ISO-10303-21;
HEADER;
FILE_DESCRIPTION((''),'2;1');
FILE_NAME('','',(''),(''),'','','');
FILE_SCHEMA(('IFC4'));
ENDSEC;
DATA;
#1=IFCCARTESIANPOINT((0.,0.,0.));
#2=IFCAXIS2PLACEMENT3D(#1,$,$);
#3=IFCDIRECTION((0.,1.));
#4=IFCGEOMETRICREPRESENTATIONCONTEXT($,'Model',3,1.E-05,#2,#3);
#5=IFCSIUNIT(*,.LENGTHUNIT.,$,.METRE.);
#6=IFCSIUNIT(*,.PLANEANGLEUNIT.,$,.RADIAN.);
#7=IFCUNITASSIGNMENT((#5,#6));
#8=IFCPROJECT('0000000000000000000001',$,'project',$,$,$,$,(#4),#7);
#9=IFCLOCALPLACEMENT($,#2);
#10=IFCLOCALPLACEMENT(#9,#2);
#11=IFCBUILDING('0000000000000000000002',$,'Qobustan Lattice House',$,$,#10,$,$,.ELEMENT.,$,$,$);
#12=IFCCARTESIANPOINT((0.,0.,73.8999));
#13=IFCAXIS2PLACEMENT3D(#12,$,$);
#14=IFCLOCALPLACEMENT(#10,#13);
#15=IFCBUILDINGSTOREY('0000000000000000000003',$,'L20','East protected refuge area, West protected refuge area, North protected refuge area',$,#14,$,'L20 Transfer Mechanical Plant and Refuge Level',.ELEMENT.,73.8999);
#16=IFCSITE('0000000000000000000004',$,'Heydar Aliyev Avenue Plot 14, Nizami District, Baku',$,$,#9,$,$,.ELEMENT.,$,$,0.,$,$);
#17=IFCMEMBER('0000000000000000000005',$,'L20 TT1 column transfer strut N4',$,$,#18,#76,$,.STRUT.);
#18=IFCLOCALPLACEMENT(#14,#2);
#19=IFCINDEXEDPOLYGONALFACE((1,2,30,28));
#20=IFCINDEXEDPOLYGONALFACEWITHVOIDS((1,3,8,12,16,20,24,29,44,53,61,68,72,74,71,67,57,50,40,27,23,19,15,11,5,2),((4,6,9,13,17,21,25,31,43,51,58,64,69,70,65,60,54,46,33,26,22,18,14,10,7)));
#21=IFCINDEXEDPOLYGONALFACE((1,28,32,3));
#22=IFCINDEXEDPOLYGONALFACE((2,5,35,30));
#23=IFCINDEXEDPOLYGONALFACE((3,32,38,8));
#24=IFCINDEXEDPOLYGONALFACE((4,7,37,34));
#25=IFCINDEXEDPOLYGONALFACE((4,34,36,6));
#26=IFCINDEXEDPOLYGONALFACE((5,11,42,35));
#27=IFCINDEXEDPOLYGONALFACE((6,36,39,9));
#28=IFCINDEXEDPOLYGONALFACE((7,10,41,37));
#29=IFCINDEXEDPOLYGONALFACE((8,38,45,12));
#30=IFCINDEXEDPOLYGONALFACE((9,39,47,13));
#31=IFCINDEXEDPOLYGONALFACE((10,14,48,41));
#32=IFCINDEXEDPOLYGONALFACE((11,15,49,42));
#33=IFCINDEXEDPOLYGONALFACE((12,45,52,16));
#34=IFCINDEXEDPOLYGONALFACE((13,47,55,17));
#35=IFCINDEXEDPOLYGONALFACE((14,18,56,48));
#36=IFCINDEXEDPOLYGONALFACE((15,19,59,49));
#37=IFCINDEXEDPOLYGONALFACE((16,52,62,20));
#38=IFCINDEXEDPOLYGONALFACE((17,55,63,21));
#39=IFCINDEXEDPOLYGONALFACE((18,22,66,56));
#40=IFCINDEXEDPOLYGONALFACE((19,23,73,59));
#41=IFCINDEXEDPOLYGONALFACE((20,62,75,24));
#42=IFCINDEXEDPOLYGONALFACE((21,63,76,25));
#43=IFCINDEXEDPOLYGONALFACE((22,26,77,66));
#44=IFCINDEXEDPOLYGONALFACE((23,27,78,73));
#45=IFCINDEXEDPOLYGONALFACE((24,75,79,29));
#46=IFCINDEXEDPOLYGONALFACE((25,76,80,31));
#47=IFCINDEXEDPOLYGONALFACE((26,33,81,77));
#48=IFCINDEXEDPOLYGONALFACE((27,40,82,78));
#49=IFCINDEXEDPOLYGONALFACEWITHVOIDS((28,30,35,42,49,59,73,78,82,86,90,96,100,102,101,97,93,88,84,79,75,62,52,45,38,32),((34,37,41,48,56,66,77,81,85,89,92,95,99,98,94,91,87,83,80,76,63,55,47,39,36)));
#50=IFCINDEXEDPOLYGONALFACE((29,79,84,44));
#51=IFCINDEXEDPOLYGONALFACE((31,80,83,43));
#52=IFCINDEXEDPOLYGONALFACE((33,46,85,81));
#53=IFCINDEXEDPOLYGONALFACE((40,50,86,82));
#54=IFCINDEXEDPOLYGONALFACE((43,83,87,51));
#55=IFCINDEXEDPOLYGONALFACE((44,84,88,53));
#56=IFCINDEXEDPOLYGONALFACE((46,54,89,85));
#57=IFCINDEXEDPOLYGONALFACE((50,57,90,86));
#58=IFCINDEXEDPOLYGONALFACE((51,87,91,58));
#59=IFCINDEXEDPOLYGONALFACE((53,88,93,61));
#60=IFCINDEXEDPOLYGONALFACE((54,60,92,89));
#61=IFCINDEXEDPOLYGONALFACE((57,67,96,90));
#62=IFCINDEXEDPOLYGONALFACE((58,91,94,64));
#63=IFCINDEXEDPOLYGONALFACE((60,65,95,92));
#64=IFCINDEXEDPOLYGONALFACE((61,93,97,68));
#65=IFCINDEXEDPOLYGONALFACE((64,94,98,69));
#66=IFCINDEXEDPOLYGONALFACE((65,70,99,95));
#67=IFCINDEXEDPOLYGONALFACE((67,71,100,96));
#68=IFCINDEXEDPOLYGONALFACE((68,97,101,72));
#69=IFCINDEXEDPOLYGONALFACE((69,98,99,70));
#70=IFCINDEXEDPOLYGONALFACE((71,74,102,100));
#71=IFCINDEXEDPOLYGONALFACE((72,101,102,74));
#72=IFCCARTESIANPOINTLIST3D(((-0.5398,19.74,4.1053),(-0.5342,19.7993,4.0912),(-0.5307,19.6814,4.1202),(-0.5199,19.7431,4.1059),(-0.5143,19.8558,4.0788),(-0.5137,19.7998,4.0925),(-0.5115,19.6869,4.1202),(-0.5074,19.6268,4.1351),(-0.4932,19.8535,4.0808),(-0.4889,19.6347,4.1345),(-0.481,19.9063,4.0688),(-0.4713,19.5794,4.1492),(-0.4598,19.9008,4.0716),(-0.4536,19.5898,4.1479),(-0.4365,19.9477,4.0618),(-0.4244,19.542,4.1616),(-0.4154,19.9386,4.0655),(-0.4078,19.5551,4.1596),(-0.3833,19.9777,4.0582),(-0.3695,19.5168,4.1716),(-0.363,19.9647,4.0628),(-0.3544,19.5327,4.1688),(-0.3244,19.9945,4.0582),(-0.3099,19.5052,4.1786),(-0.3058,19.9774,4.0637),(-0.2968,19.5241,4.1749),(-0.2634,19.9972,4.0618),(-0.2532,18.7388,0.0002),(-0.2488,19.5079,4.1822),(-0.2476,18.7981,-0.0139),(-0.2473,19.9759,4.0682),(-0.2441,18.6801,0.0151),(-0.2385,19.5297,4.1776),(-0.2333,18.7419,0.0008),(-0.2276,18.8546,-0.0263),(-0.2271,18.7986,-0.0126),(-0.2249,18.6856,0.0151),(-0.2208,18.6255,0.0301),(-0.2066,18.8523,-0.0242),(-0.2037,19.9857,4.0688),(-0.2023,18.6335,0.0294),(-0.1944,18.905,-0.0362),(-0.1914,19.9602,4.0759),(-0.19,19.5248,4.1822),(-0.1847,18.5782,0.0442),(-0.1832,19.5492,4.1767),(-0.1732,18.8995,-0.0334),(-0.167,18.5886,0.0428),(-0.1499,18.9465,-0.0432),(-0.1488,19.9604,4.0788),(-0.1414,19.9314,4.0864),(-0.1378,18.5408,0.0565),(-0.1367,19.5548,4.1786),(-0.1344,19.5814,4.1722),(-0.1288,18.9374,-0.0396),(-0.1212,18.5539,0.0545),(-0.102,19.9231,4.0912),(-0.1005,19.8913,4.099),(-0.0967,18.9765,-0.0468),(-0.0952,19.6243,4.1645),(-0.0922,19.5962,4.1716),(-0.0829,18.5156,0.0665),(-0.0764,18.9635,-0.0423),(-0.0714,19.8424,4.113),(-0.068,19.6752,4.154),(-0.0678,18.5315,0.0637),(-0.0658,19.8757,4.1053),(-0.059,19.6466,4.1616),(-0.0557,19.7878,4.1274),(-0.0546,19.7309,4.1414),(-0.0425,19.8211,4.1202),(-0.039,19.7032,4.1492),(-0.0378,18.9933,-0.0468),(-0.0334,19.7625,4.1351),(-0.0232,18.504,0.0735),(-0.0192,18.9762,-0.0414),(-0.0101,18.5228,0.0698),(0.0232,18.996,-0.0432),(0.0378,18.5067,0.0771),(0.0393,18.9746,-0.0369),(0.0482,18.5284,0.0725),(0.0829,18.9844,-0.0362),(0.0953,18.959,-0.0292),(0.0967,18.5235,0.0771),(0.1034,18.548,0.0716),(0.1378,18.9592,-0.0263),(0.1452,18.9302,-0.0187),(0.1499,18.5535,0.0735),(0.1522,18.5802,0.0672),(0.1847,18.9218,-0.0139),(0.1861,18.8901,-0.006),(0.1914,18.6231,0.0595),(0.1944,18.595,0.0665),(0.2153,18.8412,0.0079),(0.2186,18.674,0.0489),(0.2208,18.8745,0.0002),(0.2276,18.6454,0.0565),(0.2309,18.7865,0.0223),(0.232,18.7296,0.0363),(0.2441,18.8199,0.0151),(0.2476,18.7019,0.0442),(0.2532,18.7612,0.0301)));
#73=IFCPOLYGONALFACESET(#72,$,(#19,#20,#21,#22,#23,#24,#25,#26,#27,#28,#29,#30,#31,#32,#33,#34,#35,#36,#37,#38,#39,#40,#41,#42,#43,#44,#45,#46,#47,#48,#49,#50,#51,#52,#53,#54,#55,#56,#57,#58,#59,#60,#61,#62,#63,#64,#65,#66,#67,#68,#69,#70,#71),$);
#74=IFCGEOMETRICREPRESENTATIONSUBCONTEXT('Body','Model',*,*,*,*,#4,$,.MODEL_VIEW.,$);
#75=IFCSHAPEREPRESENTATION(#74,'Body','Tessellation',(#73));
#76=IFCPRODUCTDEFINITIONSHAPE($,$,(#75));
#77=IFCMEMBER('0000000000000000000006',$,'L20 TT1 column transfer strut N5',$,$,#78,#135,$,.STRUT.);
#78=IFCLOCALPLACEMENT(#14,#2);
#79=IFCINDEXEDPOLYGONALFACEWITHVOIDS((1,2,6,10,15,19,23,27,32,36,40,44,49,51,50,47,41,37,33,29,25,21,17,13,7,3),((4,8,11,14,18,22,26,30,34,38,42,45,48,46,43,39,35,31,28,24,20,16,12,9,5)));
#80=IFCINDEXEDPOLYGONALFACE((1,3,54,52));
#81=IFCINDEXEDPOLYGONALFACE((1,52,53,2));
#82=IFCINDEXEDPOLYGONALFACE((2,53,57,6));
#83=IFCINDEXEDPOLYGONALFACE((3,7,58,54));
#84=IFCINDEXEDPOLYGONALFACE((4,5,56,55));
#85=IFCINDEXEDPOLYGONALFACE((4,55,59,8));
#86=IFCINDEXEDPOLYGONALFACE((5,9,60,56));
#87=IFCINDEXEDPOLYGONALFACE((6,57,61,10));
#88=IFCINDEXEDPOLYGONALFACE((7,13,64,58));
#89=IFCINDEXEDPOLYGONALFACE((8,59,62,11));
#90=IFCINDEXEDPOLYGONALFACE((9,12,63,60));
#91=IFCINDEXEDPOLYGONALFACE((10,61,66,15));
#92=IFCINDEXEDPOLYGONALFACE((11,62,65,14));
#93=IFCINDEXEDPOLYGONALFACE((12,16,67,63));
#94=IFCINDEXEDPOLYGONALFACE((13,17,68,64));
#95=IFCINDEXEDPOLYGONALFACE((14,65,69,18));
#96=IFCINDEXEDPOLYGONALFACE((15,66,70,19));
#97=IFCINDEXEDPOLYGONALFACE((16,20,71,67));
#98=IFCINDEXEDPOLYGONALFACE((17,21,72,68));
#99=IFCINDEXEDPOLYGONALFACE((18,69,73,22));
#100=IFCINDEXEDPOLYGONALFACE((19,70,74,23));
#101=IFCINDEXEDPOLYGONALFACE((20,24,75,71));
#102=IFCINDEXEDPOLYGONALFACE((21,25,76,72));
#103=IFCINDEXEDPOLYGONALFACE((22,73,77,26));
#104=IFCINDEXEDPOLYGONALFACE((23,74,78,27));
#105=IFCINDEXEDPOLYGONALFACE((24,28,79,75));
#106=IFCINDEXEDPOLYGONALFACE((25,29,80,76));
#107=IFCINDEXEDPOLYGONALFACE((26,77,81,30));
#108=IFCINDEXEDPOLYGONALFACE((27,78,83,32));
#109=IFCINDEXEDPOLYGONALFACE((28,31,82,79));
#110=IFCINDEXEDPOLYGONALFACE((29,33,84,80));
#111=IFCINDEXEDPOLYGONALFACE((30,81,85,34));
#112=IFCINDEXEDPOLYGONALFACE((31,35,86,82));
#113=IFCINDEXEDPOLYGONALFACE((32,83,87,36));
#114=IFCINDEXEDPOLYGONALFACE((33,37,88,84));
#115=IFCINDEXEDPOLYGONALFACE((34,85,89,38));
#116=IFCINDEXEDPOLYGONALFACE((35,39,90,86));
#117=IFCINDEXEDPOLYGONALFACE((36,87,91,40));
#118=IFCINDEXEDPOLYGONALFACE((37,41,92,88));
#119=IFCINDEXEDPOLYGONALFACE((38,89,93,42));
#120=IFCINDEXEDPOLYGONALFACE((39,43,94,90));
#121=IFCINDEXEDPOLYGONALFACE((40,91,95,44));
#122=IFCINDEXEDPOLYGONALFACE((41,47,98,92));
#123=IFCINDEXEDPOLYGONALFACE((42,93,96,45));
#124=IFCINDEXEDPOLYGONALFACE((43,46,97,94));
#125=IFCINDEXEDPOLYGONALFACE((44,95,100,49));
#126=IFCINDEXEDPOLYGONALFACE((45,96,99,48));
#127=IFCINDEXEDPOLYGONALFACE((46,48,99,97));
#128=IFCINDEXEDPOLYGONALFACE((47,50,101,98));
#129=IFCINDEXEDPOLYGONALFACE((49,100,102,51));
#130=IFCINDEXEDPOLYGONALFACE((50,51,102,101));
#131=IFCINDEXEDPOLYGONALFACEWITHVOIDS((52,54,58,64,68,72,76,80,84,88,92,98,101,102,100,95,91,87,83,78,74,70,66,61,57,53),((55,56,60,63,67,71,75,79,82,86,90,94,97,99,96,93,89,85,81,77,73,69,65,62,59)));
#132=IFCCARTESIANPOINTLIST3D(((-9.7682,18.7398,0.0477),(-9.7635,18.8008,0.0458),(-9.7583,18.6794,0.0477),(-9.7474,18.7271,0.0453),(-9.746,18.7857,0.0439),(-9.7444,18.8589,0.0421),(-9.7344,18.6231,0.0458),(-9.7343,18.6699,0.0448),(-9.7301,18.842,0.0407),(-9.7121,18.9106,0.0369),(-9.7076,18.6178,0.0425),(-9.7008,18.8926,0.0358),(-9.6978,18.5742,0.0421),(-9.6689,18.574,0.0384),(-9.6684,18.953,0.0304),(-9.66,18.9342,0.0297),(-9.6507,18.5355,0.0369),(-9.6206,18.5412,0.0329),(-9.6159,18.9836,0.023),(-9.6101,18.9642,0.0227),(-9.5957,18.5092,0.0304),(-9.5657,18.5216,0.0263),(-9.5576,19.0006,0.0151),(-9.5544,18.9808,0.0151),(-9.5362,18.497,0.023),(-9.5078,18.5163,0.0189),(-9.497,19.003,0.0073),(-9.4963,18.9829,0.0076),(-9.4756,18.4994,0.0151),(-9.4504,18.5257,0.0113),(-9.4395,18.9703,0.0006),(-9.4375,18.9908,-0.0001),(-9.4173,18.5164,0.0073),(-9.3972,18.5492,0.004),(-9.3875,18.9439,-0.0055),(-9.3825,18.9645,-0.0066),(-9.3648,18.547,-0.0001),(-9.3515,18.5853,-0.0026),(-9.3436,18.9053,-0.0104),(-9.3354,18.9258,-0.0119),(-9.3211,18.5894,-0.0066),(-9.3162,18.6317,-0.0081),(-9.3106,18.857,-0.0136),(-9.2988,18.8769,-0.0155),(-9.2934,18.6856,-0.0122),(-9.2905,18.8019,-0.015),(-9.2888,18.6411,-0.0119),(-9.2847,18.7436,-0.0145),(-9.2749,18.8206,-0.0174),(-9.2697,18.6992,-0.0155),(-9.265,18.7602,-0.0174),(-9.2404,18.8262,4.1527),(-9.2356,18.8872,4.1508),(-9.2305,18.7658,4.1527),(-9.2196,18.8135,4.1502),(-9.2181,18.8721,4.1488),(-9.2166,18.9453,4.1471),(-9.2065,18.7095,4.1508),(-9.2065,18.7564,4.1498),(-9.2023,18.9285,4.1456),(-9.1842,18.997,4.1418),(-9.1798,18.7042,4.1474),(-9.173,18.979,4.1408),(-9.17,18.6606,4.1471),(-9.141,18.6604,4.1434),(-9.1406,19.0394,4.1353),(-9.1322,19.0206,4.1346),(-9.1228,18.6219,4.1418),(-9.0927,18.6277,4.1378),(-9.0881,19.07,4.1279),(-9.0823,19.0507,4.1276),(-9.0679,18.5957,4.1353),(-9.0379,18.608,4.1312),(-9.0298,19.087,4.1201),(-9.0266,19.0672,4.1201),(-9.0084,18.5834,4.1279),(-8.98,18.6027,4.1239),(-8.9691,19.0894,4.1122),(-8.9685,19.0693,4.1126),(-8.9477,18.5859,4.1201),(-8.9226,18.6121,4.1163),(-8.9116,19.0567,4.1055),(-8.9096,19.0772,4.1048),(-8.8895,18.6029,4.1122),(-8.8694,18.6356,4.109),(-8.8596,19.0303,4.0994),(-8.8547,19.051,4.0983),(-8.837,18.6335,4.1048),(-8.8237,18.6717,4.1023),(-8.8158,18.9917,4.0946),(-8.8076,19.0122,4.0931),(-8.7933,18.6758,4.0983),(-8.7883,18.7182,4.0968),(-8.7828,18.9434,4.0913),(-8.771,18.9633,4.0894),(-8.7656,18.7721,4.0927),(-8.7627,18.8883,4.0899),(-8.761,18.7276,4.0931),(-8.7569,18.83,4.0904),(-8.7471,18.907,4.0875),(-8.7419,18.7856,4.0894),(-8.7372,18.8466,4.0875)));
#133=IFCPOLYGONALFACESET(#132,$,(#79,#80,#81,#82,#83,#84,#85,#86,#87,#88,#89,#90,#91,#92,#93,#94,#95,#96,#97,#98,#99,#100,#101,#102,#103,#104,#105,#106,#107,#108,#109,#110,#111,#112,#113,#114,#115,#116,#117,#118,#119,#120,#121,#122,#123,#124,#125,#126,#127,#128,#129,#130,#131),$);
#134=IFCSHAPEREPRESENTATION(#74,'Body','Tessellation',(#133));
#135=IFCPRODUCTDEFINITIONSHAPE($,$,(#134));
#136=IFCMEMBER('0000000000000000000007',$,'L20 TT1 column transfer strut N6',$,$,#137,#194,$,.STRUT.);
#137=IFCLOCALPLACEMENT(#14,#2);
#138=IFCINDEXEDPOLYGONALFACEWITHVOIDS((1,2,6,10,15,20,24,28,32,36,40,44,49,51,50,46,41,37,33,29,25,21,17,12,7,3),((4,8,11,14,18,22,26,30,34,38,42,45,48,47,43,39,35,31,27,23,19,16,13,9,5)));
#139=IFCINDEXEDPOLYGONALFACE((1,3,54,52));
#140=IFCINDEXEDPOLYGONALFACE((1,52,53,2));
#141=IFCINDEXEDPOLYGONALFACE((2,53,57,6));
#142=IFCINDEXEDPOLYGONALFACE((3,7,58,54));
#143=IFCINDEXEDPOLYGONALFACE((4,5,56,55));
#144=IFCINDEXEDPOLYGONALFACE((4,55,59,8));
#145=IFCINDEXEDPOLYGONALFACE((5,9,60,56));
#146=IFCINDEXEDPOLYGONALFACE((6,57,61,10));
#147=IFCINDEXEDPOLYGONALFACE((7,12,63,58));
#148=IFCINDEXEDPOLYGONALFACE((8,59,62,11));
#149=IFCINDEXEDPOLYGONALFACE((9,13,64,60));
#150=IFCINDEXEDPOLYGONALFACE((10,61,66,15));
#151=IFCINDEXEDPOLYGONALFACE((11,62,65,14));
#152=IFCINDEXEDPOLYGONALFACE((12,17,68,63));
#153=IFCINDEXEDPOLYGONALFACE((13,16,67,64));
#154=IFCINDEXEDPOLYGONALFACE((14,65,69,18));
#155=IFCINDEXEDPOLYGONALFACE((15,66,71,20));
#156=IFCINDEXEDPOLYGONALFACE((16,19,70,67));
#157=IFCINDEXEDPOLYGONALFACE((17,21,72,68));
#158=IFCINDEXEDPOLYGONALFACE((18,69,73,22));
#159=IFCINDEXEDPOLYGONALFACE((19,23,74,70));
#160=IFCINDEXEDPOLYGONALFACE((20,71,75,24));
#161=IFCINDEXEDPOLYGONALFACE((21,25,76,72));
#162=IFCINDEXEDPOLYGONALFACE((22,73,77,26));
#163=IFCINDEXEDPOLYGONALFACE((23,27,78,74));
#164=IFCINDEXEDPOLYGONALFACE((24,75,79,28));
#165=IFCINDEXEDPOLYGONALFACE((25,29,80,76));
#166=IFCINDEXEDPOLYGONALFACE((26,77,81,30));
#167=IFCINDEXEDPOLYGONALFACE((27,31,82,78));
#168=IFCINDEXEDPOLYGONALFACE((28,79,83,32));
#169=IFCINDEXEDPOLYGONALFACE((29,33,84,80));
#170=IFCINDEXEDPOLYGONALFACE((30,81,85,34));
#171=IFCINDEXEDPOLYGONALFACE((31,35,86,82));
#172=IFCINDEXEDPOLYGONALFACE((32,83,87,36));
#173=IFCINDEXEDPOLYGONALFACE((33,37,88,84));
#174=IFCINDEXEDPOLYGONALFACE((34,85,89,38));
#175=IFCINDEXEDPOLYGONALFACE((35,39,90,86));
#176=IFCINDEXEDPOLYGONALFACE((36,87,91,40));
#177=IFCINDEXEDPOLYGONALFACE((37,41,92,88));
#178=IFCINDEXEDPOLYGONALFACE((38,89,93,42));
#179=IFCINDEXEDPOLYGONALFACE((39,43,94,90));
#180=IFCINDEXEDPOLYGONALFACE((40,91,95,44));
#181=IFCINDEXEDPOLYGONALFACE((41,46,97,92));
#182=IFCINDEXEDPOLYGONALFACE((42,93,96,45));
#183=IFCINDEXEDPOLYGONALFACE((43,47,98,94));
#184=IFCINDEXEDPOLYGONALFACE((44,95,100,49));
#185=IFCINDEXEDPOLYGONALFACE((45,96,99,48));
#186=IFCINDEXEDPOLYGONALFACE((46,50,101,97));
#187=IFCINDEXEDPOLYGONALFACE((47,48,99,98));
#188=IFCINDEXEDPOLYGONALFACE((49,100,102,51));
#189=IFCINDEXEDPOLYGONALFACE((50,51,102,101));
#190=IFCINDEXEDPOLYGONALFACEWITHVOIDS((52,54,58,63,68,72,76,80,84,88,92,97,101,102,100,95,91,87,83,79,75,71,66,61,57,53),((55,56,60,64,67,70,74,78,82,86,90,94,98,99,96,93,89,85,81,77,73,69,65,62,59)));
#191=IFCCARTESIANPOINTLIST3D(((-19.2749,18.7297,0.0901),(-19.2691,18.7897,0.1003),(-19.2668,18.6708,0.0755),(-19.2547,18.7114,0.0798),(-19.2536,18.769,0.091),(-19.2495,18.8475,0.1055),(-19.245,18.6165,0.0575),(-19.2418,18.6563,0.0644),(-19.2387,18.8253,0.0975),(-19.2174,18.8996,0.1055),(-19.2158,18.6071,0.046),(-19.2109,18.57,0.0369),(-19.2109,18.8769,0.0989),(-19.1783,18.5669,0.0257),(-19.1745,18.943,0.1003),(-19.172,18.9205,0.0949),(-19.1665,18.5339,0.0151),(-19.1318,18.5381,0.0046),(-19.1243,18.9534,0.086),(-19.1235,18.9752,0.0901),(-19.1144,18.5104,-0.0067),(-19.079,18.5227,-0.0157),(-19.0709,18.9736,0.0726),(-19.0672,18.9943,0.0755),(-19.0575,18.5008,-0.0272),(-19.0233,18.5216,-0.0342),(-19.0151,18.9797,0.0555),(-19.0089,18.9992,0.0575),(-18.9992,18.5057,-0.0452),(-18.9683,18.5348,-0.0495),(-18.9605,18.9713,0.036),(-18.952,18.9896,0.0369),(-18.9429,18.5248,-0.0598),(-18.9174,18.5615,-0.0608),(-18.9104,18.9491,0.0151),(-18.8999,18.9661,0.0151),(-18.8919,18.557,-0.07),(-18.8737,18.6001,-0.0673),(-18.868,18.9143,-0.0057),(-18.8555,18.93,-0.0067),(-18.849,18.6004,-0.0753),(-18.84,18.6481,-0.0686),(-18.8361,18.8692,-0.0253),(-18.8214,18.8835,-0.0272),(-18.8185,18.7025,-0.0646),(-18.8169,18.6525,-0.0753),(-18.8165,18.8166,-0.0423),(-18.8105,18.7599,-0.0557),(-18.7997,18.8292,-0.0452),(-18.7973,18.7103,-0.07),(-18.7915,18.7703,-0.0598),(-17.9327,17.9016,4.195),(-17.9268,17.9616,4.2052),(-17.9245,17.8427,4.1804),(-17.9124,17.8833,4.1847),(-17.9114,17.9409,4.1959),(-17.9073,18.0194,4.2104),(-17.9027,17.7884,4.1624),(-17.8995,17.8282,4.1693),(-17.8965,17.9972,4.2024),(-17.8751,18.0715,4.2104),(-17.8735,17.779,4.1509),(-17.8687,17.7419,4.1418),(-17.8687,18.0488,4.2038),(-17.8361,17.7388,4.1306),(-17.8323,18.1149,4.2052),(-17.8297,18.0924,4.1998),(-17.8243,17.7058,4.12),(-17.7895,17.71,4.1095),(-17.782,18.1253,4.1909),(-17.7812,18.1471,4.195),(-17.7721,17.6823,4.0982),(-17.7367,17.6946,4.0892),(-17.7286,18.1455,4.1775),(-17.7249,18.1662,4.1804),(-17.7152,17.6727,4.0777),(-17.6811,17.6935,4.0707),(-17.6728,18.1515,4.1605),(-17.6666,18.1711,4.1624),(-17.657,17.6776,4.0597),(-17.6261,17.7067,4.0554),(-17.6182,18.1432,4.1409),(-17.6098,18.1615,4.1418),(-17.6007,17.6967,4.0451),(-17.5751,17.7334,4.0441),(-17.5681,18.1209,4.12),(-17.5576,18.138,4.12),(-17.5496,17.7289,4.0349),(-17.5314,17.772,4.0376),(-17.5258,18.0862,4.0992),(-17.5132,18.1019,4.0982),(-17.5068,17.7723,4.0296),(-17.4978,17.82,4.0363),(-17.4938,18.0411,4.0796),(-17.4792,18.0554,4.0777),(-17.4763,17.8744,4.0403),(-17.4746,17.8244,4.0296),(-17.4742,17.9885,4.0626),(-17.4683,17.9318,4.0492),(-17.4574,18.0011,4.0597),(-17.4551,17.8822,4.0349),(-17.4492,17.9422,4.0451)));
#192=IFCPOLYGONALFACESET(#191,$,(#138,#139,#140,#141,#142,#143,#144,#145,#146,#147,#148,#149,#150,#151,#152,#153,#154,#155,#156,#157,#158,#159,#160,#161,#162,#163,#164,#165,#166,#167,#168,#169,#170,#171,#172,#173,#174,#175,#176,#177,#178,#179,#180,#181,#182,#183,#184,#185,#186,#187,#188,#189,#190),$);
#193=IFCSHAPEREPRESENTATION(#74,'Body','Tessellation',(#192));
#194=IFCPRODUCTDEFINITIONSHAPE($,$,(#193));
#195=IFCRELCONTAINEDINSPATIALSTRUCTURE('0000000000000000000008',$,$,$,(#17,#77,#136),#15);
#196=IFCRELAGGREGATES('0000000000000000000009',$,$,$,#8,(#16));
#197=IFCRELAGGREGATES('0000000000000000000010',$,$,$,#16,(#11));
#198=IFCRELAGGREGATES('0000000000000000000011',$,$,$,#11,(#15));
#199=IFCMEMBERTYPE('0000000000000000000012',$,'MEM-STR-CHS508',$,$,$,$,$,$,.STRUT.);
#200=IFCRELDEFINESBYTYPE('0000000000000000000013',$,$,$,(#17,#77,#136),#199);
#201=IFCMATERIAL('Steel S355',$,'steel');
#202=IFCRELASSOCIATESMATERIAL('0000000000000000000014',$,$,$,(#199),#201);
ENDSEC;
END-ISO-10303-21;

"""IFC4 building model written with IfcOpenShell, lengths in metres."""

from ifc_helpers import new_model, si_unit, direction, frame, origin, origin_2d, place, context, subcontext, project, spatial, hollow_circle, extrude, material, material_profile, profile_set, type_object, element, save


model = new_model("IFC4")

# Units and contexts
model_context = context("Model", 3, precision=1e-05, world=origin(), true_north=direction((0.0, 1.0)))
body_context = subcontext(model_context, "Body", "Model", "MODEL_VIEW")
ifc_project = project(units=[si_unit("LENGTHUNIT", "METRE"), si_unit("PLANEANGLEUNIT", "RADIAN")], contexts=[model_context])

# Site, building, storey
site_placement = place(None, origin())
site = spatial("IfcSite", under=ifc_project, at=site_placement, Name="Heydar Aliyev Avenue Plot 14, Nizami District, Baku", CompositionType="ELEMENT", RefElevation=0.0)
building_placement = place(site_placement, origin())
building = spatial("IfcBuilding", under=site, at=building_placement, Name="Qobustan Lattice House", CompositionType="ELEMENT")
storey_placement = place(building_placement, frame((0.0, 0.0, 73.8999)))
storey = spatial("IfcBuildingStorey", under=building, at=storey_placement, Name="L20", Description="East protected refuge area, West protected refuge area, North protected refuge area", LongName="L20 Transfer Mechanical Plant and Refuge Level", CompositionType="ELEMENT", Elevation=73.8999)

# Members
ifc_material_1 = material(Name="Steel S355", Category="steel")
ifc_material_profile_1 = material_profile(ifc_material_1, hollow_circle(Radius=0.2539, WallThickness=0.02, at=origin_2d()), Name="CHS508x20")
ifc_profile_set_1 = profile_set([ifc_material_profile_1], Name="Steel S355")
member_type_1 = type_object("IfcMemberType", Name="MEM-STR-CHS508", PredefinedType="STRUT", material=ifc_profile_set_1)
member_1_placement = place(storey_placement, frame((0.0, 18.75, 0.0151), z_axis=(-0.067679, 0.236414, 0.969292), x_axis=(-0.961382, -0.275216, 0.0)))
element("IfcMember", 1, at=member_1_placement, inside=storey, type_object=member_type_1, Name="L20 TT1 column transfer strut N4", PredefinedType="STRUT", context=body_context, shape_type="SweptSolid", body=[
    extrude(hollow_circle(Radius=0.2539, WallThickness=0.02, at=origin_2d()), origin(), (0.0, 0.0, 1.0), 4.2351),
])
member_2_placement = place(storey_placement, frame((-9.5166, 18.75, 0.0151), z_axis=(0.127506, 0.020877, 0.991618), x_axis=(-0.161586, 0.986859, 0.0)))
element("IfcMember", 2, at=member_2_placement, inside=storey, type_object=member_type_1, Name="L20 TT1 column transfer strut N5", PredefinedType="STRUT", context=body_context, shape_type="SweptSolid", body=[
    extrude(hollow_circle(Radius=0.2539, WallThickness=0.02, at=origin_2d()), origin(), (0.0, 0.0, 1.0), 4.1396),
])
member_3_placement = place(storey_placement, frame((-19.0332, 18.75, 0.0151), z_axis=(0.305235, -0.188315, 0.933471), x_axis=(0.525064, 0.851063, 0.0)))
element("IfcMember", 3, at=member_3_placement, inside=storey, type_object=member_type_1, Name="L20 TT1 column transfer strut N6", PredefinedType="STRUT", context=body_context, shape_type="SweptSolid", body=[
    extrude(hollow_circle(Radius=0.2539, WallThickness=0.02, at=origin_2d()), origin(), (0.0, 0.0, 1.0), 4.3975),
])

save(model, "model.ifc")
